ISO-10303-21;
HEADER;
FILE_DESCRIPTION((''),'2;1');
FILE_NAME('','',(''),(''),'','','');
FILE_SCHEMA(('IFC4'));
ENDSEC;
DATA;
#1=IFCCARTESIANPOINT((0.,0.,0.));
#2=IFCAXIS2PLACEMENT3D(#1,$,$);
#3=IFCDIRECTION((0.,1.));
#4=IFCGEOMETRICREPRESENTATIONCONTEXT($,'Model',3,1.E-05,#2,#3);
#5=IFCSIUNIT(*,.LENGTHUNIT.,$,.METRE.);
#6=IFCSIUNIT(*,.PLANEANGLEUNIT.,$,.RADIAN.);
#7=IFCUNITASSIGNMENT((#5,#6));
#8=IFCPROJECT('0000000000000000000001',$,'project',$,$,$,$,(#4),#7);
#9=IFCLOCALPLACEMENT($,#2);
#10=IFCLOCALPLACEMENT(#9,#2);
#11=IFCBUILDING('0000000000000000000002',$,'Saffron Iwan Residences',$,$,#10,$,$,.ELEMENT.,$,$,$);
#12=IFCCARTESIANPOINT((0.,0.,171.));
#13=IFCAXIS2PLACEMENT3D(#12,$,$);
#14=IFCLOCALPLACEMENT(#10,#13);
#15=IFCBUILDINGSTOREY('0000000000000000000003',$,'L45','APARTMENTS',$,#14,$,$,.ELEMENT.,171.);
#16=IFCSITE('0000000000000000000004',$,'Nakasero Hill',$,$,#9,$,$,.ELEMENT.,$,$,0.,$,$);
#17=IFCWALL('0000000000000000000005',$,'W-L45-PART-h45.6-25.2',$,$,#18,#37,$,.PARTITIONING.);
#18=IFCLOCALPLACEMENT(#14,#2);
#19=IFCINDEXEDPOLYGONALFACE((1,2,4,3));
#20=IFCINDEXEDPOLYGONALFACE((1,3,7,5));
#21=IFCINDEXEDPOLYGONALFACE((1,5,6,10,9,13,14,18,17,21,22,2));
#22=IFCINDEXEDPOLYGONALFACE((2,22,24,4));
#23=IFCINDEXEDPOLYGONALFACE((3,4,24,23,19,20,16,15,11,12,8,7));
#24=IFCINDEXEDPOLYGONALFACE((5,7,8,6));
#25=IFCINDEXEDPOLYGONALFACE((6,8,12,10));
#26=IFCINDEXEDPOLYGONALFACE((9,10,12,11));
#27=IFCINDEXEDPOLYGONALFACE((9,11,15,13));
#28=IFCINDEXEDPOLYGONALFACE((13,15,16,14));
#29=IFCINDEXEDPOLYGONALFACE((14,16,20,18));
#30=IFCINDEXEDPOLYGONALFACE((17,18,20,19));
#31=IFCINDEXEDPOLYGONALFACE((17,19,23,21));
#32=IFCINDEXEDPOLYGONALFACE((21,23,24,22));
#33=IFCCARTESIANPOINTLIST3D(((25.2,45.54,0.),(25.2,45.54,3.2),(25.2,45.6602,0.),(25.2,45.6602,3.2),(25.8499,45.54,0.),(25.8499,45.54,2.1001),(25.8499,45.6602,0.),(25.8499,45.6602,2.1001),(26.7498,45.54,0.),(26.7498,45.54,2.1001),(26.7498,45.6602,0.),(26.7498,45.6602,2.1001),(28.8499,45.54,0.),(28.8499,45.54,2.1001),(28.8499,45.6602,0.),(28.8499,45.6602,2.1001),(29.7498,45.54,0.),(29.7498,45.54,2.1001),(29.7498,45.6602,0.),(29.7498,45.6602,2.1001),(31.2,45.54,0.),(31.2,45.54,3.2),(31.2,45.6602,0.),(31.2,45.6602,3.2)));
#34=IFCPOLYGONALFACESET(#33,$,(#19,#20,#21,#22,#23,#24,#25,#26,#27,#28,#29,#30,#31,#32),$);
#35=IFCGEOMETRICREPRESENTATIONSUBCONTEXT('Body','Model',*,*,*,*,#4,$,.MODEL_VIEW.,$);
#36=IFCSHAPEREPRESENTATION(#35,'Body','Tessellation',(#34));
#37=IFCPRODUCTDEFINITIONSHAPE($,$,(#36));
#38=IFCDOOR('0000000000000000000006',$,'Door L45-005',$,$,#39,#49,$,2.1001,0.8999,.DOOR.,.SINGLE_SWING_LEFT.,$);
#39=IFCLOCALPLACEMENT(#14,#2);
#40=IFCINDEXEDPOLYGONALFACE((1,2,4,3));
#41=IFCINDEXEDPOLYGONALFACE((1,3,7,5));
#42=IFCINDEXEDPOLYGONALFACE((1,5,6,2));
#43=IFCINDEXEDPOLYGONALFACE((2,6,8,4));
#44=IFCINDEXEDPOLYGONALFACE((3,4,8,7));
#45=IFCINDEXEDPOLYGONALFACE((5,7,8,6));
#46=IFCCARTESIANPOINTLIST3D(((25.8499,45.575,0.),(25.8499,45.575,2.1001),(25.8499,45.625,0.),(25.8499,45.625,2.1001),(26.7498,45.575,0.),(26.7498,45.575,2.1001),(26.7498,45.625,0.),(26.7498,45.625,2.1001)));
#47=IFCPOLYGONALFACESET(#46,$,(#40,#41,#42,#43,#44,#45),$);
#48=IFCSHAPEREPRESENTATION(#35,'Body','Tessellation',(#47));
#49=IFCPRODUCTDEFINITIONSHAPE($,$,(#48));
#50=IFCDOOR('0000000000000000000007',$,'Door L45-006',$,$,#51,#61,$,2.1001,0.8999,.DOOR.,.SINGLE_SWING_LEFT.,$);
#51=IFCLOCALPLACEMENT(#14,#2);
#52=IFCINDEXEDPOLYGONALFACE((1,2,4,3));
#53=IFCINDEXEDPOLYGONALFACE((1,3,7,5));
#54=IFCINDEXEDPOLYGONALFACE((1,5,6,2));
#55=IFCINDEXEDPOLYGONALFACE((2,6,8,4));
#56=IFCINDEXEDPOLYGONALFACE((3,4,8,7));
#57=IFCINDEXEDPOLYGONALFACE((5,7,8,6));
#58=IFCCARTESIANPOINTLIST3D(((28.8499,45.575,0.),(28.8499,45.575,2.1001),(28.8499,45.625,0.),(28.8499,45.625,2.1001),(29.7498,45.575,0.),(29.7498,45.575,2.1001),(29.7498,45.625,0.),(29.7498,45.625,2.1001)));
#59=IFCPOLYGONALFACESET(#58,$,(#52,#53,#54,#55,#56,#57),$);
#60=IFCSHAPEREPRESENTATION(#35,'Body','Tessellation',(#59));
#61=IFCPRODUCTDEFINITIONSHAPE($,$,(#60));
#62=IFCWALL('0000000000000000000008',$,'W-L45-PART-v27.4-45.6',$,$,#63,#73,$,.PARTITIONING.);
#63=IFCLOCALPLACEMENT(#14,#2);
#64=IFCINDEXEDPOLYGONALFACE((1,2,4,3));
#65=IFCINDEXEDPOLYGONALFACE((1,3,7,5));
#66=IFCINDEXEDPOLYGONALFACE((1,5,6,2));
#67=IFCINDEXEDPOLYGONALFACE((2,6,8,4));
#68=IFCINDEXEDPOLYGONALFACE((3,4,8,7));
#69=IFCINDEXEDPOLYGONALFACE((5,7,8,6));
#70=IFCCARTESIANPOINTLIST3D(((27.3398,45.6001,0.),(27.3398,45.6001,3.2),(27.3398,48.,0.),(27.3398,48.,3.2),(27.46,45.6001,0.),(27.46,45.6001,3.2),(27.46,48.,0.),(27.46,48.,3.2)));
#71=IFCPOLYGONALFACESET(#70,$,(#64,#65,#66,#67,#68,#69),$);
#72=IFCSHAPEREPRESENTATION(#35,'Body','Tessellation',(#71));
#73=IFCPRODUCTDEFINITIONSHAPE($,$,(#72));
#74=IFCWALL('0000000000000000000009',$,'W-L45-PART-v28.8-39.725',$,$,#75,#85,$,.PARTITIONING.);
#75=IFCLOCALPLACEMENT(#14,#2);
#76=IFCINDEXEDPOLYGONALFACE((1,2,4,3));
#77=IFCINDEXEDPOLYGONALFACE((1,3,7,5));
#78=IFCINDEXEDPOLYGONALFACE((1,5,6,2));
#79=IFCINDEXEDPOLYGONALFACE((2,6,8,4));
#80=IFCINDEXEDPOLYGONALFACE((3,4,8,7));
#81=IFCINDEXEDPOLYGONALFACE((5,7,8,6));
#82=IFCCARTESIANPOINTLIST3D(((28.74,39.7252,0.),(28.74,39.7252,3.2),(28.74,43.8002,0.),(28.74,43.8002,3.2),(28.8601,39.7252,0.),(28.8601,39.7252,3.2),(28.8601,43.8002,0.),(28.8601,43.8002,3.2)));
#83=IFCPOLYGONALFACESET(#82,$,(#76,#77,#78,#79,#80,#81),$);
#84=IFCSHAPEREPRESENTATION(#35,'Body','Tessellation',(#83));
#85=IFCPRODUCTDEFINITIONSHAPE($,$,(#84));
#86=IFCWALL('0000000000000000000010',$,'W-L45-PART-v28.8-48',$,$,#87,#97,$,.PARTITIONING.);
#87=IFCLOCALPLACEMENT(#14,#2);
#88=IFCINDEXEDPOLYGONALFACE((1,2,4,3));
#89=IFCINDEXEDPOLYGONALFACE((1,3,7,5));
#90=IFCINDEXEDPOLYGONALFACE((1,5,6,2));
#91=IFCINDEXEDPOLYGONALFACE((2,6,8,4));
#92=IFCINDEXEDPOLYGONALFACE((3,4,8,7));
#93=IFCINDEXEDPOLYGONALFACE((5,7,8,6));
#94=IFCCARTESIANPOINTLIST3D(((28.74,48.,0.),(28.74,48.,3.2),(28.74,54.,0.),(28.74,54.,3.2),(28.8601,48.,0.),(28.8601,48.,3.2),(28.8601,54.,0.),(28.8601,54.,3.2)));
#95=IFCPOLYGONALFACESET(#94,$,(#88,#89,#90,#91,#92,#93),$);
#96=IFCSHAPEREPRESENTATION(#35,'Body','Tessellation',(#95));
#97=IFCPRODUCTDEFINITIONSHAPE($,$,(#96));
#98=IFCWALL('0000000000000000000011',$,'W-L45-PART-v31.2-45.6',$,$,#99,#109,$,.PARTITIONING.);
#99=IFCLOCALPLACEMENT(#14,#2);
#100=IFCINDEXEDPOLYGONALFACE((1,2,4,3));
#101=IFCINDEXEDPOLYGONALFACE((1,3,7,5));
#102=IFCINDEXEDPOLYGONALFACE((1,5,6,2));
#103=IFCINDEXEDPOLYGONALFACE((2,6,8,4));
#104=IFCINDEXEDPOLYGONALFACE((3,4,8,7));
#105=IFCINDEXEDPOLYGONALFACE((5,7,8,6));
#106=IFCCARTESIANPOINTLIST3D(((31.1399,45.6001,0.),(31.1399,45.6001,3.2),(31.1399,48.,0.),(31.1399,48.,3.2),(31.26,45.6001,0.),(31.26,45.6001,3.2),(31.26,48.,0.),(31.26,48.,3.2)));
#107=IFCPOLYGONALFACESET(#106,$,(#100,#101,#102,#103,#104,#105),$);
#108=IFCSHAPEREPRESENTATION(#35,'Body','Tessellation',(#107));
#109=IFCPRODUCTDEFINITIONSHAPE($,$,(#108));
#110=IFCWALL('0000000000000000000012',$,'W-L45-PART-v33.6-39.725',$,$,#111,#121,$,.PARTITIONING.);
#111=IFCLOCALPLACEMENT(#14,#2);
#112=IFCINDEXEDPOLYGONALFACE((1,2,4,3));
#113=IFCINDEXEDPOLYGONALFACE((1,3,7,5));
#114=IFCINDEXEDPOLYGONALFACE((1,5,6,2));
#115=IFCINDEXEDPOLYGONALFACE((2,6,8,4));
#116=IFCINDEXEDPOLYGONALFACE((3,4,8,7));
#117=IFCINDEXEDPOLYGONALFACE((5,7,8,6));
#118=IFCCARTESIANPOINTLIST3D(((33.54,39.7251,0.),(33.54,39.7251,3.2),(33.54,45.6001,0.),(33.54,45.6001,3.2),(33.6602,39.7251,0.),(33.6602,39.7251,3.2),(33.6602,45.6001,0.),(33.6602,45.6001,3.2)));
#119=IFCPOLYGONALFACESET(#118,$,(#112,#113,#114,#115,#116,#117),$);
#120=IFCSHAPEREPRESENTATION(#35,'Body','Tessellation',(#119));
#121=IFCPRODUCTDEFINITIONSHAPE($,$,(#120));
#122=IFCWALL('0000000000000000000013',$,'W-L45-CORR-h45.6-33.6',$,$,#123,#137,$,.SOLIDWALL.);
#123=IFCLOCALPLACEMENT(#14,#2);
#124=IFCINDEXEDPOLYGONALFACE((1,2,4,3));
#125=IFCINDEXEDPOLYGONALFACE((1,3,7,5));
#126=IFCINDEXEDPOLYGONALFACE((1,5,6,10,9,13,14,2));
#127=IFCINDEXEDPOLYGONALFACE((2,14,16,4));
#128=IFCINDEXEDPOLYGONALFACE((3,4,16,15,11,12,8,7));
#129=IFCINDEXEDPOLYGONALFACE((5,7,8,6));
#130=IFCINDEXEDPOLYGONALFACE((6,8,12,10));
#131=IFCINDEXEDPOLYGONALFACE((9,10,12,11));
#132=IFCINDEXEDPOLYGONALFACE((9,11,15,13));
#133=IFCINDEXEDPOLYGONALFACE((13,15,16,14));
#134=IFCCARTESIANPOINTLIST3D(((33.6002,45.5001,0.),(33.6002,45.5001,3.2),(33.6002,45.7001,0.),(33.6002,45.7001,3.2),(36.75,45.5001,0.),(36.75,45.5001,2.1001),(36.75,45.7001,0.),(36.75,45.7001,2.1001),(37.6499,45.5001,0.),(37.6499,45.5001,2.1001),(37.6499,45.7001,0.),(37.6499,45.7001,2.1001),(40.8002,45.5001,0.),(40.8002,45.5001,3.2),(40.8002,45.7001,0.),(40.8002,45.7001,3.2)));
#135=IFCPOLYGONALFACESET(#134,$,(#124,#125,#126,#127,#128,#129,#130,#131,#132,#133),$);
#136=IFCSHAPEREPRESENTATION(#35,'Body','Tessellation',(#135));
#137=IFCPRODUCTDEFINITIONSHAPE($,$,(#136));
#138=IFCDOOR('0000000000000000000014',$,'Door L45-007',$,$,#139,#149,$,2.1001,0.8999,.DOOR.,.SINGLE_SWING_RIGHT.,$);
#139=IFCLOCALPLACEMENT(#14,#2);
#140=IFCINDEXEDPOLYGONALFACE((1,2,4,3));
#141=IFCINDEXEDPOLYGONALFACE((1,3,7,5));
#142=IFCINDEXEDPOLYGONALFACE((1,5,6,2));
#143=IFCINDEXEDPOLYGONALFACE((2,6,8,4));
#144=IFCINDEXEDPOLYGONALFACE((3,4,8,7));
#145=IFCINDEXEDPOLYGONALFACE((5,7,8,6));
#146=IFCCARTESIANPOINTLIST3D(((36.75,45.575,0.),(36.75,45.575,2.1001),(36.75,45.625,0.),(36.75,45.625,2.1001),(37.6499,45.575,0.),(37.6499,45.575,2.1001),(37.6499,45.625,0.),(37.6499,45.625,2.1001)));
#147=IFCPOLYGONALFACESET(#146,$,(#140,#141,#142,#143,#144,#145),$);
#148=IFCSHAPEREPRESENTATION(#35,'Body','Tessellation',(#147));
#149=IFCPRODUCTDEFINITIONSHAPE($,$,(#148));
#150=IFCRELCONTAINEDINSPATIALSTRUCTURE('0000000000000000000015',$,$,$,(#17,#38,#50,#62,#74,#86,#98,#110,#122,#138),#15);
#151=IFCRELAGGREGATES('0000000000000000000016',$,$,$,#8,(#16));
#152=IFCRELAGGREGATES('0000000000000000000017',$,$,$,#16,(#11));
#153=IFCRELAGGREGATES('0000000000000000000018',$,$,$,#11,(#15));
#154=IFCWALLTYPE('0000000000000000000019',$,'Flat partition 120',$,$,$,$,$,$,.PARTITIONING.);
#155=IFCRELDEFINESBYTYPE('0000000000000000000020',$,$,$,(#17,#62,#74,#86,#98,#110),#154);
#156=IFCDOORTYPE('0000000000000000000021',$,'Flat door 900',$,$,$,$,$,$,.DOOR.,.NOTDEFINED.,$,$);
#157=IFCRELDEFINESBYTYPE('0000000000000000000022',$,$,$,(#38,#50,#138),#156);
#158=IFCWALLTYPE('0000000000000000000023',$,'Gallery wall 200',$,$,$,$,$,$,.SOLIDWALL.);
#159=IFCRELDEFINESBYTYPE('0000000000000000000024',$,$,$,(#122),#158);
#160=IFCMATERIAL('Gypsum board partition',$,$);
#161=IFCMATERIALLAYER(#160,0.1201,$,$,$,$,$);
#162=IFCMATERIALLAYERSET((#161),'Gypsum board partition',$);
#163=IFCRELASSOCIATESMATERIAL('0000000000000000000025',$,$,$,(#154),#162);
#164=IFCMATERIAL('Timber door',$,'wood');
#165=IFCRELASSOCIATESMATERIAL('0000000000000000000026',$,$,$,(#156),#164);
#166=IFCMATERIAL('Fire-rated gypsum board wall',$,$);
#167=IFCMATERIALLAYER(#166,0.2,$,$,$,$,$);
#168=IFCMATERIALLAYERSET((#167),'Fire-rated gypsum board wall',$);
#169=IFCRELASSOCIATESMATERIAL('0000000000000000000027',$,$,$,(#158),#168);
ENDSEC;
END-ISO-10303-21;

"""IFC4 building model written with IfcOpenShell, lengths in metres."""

from ifc_helpers import new_model, si_unit, direction, frame, frame_2d, origin, place, context, subcontext, project, spatial, rectangle, extrude, material, layer, layer_set, type_object, element, fill, save


model = new_model("IFC4")

# Units and contexts
model_context = context("Model", 3, precision=1e-05, world=origin(), true_north=direction((0.0, 1.0)))
body_context = subcontext(model_context, "Body", "Model", "MODEL_VIEW")
ifc_project = project(units=[si_unit("LENGTHUNIT", "METRE"), si_unit("PLANEANGLEUNIT", "RADIAN")], contexts=[model_context])

# Site, building, storey
site_placement = place(None, origin())
site = spatial("IfcSite", under=ifc_project, at=site_placement, Name="Nakasero Hill", CompositionType="ELEMENT", RefElevation=0.0)
building_placement = place(site_placement, origin())
building = spatial("IfcBuilding", under=site, at=building_placement, Name="Saffron Iwan Residences", CompositionType="ELEMENT")
storey_placement = place(building_placement, frame((0.0, 0.0, 171.0)))
storey = spatial("IfcBuildingStorey", under=building, at=storey_placement, Name="L45", Description="APARTMENTS", CompositionType="ELEMENT", Elevation=171.0)

# Wall, openings, doors
ifc_material_1 = material(Name="Gypsum board partition")
ifc_layer_1 = layer(ifc_material_1, 0.1201)
ifc_layer_set_1 = layer_set([ifc_layer_1], Name="Gypsum board partition")
wall_type_1 = type_object("IfcWallType", Name="Flat partition 120", PredefinedType="PARTITIONING", material=ifc_layer_set_1)
wall_1_placement = place(storey_placement, frame((25.2, 45.6001, 0.0), z_axis=(0.0, 0.0, 1.0), x_axis=(1.0, 0.0, 0.0)))
wall_1 = element("IfcWall", 1, at=wall_1_placement, inside=storey, type_object=wall_type_1, Name="W-L45-PART-h45.6-25.2", PredefinedType="PARTITIONING", context=body_context, shape_type="SweptSolid", body=[
    extrude(rectangle(XDim=6.0, YDim=0.1201, at=frame_2d((3.0, 0.0))), origin(), (0.0, 0.0, 1.0), 3.2),
])
opening_1_placement = place(wall_1_placement, frame((0.6499, 0.0, 0.0)))
opening_1 = element("IfcOpeningElement", 2, at=opening_1_placement, cuts=wall_1, PredefinedType="OPENING", context=body_context, shape_type="SweptSolid", body=[
    extrude(rectangle(XDim=0.8999, YDim=2.1001, at=frame_2d((0.45, 1.05))), frame((0.0, 0.0701, 0.0), z_axis=(0.0, -1.0, 0.0), x_axis=(1.0, 0.0, 0.0)), (0.0, 0.0, 1.0), 0.1401),
])
opening_2_placement = place(wall_1_placement, frame((3.6499, 0.0, 0.0)))
opening_2 = element("IfcOpeningElement", 3, at=opening_2_placement, cuts=wall_1, PredefinedType="OPENING", context=body_context, shape_type="SweptSolid", body=[
    extrude(rectangle(XDim=0.8999, YDim=2.1001, at=frame_2d((0.45, 1.05))), frame((0.0, 0.0701, 0.0), z_axis=(0.0, -1.0, 0.0), x_axis=(1.0, 0.0, 0.0)), (0.0, 0.0, 1.0), 0.1401),
])
ifc_material_2 = material(Name="Timber door", Category="wood")
door_type_1 = type_object("IfcDoorType", Name="Flat door 900", OperationType="NOTDEFINED", PredefinedType="DOOR", material=ifc_material_2)
door_1_placement = place(opening_1_placement, origin())
door_1 = element("IfcDoor", 4, at=door_1_placement, inside=storey, type_object=door_type_1, Name="Door L45-005", OperationType="SINGLE_SWING_LEFT", OverallHeight=2.1001, OverallWidth=0.8999, PredefinedType="DOOR", context=body_context, shape_type="SweptSolid", body=[
    extrude(rectangle(XDim=0.8999, YDim=2.1001, at=frame_2d((0.45, 1.05))), frame((0.0, 0.0249, 0.0), z_axis=(0.0, -1.0, 0.0), x_axis=(1.0, 0.0, 0.0)), (0.0, 0.0, 1.0), 0.05),
])
fill(opening_1, door_1)
door_2_placement = place(opening_2_placement, origin())
door_2 = element("IfcDoor", 5, at=door_2_placement, inside=storey, type_object=door_type_1, Name="Door L45-006", OperationType="SINGLE_SWING_LEFT", OverallHeight=2.1001, OverallWidth=0.8999, PredefinedType="DOOR", context=body_context, shape_type="SweptSolid", body=[
    extrude(rectangle(XDim=0.8999, YDim=2.1001, at=frame_2d((0.45, 1.05))), frame((0.0, 0.0249, 0.0), z_axis=(0.0, -1.0, 0.0), x_axis=(1.0, 0.0, 0.0)), (0.0, 0.0, 1.0), 0.05),
])
fill(opening_2, door_2)

# Walls
wall_2_placement = place(storey_placement, frame((27.3999, 45.6001, 0.0), z_axis=(0.0, 0.0, 1.0), x_axis=(0.0, 1.0, 0.0)))
element("IfcWall", 6, at=wall_2_placement, inside=storey, type_object=wall_type_1, Name="W-L45-PART-v27.4-45.6", PredefinedType="PARTITIONING", context=body_context, shape_type="SweptSolid", body=[
    extrude(rectangle(XDim=2.3999, YDim=0.1201, at=frame_2d((1.2, 0.0))), origin(), (0.0, 0.0, 1.0), 3.2),
])
wall_3_placement = place(storey_placement, frame((28.8, 39.7251, 0.0), z_axis=(0.0, 0.0, 1.0), x_axis=(0.0, 1.0, 0.0)))
element("IfcWall", 7, at=wall_3_placement, inside=storey, type_object=wall_type_1, Name="W-L45-PART-v28.8-39.725", PredefinedType="PARTITIONING", context=body_context, shape_type="SweptSolid", body=[
    extrude(rectangle(XDim=4.075, YDim=0.1201, at=frame_2d((2.0376, 0.0))), origin(), (0.0, 0.0, 1.0), 3.2),
])
wall_4_placement = place(storey_placement, frame((28.8, 48.0, 0.0), z_axis=(0.0, 0.0, 1.0), x_axis=(0.0, 1.0, 0.0)))
element("IfcWall", 8, at=wall_4_placement, inside=storey, type_object=wall_type_1, Name="W-L45-PART-v28.8-48", PredefinedType="PARTITIONING", context=body_context, shape_type="SweptSolid", body=[
    extrude(rectangle(XDim=6.0, YDim=0.1201, at=frame_2d((3.0, 0.0))), origin(), (0.0, 0.0, 1.0), 3.2),
])
wall_5_placement = place(storey_placement, frame((31.2, 45.6001, 0.0), z_axis=(0.0, 0.0, 1.0), x_axis=(0.0, 1.0, 0.0)))
element("IfcWall", 9, at=wall_5_placement, inside=storey, type_object=wall_type_1, Name="W-L45-PART-v31.2-45.6", PredefinedType="PARTITIONING", context=body_context, shape_type="SweptSolid", body=[
    extrude(rectangle(XDim=2.3999, YDim=0.1201, at=frame_2d((1.2, 0.0))), origin(), (0.0, 0.0, 1.0), 3.2),
])
wall_6_placement = place(storey_placement, frame((33.6001, 39.7251, 0.0), z_axis=(0.0, 0.0, 1.0), x_axis=(0.0, 1.0, 0.0)))
element("IfcWall", 10, at=wall_6_placement, inside=storey, type_object=wall_type_1, Name="W-L45-PART-v33.6-39.725", PredefinedType="PARTITIONING", context=body_context, shape_type="SweptSolid", body=[
    extrude(rectangle(XDim=5.875, YDim=0.1201, at=frame_2d((2.9375, 0.0))), origin(), (0.0, 0.0, 1.0), 3.2),
])

# Wall, opening, door
ifc_material_3 = material(Name="Fire-rated gypsum board wall")
ifc_layer_2 = layer(ifc_material_3, 0.2)
ifc_layer_set_2 = layer_set([ifc_layer_2], Name="Fire-rated gypsum board wall")
wall_type_2 = type_object("IfcWallType", Name="Gallery wall 200", PredefinedType="SOLIDWALL", material=ifc_layer_set_2)
wall_7_placement = place(storey_placement, frame((33.6001, 45.6001, 0.0), z_axis=(0.0, 0.0, 1.0), x_axis=(1.0, 0.0, 0.0)))
wall_7 = element("IfcWall", 11, at=wall_7_placement, inside=storey, type_object=wall_type_2, Name="W-L45-CORR-h45.6-33.6", PredefinedType="SOLIDWALL", context=body_context, shape_type="SweptSolid", body=[
    extrude(rectangle(XDim=7.2, YDim=0.2, at=frame_2d((3.6001, 0.0))), origin(), (0.0, 0.0, 1.0), 3.2),
])
opening_3_placement = place(wall_7_placement, frame((3.1499, 0.0, 0.0)))
opening_3 = element("IfcOpeningElement", 12, at=opening_3_placement, cuts=wall_7, PredefinedType="OPENING", context=body_context, shape_type="SweptSolid", body=[
    extrude(rectangle(XDim=0.8999, YDim=2.1001, at=frame_2d((0.45, 1.05))), frame((0.0, 0.1099, 0.0), z_axis=(0.0, -1.0, 0.0), x_axis=(1.0, 0.0, 0.0)), (0.0, 0.0, 1.0), 0.22),
])
door_3_placement = place(opening_3_placement, origin())
door_3 = element("IfcDoor", 13, at=door_3_placement, inside=storey, type_object=door_type_1, Name="Door L45-007", OperationType="SINGLE_SWING_RIGHT", OverallHeight=2.1001, OverallWidth=0.8999, PredefinedType="DOOR", context=body_context, shape_type="SweptSolid", body=[
    extrude(rectangle(XDim=0.8999, YDim=2.1001, at=frame_2d((0.45, 1.05))), frame((0.0, 0.0249, 0.0), z_axis=(0.0, -1.0, 0.0), x_axis=(1.0, 0.0, 0.0)), (0.0, 0.0, 1.0), 0.05),
])
fill(opening_3, door_3)

save(model, "model.ifc")
